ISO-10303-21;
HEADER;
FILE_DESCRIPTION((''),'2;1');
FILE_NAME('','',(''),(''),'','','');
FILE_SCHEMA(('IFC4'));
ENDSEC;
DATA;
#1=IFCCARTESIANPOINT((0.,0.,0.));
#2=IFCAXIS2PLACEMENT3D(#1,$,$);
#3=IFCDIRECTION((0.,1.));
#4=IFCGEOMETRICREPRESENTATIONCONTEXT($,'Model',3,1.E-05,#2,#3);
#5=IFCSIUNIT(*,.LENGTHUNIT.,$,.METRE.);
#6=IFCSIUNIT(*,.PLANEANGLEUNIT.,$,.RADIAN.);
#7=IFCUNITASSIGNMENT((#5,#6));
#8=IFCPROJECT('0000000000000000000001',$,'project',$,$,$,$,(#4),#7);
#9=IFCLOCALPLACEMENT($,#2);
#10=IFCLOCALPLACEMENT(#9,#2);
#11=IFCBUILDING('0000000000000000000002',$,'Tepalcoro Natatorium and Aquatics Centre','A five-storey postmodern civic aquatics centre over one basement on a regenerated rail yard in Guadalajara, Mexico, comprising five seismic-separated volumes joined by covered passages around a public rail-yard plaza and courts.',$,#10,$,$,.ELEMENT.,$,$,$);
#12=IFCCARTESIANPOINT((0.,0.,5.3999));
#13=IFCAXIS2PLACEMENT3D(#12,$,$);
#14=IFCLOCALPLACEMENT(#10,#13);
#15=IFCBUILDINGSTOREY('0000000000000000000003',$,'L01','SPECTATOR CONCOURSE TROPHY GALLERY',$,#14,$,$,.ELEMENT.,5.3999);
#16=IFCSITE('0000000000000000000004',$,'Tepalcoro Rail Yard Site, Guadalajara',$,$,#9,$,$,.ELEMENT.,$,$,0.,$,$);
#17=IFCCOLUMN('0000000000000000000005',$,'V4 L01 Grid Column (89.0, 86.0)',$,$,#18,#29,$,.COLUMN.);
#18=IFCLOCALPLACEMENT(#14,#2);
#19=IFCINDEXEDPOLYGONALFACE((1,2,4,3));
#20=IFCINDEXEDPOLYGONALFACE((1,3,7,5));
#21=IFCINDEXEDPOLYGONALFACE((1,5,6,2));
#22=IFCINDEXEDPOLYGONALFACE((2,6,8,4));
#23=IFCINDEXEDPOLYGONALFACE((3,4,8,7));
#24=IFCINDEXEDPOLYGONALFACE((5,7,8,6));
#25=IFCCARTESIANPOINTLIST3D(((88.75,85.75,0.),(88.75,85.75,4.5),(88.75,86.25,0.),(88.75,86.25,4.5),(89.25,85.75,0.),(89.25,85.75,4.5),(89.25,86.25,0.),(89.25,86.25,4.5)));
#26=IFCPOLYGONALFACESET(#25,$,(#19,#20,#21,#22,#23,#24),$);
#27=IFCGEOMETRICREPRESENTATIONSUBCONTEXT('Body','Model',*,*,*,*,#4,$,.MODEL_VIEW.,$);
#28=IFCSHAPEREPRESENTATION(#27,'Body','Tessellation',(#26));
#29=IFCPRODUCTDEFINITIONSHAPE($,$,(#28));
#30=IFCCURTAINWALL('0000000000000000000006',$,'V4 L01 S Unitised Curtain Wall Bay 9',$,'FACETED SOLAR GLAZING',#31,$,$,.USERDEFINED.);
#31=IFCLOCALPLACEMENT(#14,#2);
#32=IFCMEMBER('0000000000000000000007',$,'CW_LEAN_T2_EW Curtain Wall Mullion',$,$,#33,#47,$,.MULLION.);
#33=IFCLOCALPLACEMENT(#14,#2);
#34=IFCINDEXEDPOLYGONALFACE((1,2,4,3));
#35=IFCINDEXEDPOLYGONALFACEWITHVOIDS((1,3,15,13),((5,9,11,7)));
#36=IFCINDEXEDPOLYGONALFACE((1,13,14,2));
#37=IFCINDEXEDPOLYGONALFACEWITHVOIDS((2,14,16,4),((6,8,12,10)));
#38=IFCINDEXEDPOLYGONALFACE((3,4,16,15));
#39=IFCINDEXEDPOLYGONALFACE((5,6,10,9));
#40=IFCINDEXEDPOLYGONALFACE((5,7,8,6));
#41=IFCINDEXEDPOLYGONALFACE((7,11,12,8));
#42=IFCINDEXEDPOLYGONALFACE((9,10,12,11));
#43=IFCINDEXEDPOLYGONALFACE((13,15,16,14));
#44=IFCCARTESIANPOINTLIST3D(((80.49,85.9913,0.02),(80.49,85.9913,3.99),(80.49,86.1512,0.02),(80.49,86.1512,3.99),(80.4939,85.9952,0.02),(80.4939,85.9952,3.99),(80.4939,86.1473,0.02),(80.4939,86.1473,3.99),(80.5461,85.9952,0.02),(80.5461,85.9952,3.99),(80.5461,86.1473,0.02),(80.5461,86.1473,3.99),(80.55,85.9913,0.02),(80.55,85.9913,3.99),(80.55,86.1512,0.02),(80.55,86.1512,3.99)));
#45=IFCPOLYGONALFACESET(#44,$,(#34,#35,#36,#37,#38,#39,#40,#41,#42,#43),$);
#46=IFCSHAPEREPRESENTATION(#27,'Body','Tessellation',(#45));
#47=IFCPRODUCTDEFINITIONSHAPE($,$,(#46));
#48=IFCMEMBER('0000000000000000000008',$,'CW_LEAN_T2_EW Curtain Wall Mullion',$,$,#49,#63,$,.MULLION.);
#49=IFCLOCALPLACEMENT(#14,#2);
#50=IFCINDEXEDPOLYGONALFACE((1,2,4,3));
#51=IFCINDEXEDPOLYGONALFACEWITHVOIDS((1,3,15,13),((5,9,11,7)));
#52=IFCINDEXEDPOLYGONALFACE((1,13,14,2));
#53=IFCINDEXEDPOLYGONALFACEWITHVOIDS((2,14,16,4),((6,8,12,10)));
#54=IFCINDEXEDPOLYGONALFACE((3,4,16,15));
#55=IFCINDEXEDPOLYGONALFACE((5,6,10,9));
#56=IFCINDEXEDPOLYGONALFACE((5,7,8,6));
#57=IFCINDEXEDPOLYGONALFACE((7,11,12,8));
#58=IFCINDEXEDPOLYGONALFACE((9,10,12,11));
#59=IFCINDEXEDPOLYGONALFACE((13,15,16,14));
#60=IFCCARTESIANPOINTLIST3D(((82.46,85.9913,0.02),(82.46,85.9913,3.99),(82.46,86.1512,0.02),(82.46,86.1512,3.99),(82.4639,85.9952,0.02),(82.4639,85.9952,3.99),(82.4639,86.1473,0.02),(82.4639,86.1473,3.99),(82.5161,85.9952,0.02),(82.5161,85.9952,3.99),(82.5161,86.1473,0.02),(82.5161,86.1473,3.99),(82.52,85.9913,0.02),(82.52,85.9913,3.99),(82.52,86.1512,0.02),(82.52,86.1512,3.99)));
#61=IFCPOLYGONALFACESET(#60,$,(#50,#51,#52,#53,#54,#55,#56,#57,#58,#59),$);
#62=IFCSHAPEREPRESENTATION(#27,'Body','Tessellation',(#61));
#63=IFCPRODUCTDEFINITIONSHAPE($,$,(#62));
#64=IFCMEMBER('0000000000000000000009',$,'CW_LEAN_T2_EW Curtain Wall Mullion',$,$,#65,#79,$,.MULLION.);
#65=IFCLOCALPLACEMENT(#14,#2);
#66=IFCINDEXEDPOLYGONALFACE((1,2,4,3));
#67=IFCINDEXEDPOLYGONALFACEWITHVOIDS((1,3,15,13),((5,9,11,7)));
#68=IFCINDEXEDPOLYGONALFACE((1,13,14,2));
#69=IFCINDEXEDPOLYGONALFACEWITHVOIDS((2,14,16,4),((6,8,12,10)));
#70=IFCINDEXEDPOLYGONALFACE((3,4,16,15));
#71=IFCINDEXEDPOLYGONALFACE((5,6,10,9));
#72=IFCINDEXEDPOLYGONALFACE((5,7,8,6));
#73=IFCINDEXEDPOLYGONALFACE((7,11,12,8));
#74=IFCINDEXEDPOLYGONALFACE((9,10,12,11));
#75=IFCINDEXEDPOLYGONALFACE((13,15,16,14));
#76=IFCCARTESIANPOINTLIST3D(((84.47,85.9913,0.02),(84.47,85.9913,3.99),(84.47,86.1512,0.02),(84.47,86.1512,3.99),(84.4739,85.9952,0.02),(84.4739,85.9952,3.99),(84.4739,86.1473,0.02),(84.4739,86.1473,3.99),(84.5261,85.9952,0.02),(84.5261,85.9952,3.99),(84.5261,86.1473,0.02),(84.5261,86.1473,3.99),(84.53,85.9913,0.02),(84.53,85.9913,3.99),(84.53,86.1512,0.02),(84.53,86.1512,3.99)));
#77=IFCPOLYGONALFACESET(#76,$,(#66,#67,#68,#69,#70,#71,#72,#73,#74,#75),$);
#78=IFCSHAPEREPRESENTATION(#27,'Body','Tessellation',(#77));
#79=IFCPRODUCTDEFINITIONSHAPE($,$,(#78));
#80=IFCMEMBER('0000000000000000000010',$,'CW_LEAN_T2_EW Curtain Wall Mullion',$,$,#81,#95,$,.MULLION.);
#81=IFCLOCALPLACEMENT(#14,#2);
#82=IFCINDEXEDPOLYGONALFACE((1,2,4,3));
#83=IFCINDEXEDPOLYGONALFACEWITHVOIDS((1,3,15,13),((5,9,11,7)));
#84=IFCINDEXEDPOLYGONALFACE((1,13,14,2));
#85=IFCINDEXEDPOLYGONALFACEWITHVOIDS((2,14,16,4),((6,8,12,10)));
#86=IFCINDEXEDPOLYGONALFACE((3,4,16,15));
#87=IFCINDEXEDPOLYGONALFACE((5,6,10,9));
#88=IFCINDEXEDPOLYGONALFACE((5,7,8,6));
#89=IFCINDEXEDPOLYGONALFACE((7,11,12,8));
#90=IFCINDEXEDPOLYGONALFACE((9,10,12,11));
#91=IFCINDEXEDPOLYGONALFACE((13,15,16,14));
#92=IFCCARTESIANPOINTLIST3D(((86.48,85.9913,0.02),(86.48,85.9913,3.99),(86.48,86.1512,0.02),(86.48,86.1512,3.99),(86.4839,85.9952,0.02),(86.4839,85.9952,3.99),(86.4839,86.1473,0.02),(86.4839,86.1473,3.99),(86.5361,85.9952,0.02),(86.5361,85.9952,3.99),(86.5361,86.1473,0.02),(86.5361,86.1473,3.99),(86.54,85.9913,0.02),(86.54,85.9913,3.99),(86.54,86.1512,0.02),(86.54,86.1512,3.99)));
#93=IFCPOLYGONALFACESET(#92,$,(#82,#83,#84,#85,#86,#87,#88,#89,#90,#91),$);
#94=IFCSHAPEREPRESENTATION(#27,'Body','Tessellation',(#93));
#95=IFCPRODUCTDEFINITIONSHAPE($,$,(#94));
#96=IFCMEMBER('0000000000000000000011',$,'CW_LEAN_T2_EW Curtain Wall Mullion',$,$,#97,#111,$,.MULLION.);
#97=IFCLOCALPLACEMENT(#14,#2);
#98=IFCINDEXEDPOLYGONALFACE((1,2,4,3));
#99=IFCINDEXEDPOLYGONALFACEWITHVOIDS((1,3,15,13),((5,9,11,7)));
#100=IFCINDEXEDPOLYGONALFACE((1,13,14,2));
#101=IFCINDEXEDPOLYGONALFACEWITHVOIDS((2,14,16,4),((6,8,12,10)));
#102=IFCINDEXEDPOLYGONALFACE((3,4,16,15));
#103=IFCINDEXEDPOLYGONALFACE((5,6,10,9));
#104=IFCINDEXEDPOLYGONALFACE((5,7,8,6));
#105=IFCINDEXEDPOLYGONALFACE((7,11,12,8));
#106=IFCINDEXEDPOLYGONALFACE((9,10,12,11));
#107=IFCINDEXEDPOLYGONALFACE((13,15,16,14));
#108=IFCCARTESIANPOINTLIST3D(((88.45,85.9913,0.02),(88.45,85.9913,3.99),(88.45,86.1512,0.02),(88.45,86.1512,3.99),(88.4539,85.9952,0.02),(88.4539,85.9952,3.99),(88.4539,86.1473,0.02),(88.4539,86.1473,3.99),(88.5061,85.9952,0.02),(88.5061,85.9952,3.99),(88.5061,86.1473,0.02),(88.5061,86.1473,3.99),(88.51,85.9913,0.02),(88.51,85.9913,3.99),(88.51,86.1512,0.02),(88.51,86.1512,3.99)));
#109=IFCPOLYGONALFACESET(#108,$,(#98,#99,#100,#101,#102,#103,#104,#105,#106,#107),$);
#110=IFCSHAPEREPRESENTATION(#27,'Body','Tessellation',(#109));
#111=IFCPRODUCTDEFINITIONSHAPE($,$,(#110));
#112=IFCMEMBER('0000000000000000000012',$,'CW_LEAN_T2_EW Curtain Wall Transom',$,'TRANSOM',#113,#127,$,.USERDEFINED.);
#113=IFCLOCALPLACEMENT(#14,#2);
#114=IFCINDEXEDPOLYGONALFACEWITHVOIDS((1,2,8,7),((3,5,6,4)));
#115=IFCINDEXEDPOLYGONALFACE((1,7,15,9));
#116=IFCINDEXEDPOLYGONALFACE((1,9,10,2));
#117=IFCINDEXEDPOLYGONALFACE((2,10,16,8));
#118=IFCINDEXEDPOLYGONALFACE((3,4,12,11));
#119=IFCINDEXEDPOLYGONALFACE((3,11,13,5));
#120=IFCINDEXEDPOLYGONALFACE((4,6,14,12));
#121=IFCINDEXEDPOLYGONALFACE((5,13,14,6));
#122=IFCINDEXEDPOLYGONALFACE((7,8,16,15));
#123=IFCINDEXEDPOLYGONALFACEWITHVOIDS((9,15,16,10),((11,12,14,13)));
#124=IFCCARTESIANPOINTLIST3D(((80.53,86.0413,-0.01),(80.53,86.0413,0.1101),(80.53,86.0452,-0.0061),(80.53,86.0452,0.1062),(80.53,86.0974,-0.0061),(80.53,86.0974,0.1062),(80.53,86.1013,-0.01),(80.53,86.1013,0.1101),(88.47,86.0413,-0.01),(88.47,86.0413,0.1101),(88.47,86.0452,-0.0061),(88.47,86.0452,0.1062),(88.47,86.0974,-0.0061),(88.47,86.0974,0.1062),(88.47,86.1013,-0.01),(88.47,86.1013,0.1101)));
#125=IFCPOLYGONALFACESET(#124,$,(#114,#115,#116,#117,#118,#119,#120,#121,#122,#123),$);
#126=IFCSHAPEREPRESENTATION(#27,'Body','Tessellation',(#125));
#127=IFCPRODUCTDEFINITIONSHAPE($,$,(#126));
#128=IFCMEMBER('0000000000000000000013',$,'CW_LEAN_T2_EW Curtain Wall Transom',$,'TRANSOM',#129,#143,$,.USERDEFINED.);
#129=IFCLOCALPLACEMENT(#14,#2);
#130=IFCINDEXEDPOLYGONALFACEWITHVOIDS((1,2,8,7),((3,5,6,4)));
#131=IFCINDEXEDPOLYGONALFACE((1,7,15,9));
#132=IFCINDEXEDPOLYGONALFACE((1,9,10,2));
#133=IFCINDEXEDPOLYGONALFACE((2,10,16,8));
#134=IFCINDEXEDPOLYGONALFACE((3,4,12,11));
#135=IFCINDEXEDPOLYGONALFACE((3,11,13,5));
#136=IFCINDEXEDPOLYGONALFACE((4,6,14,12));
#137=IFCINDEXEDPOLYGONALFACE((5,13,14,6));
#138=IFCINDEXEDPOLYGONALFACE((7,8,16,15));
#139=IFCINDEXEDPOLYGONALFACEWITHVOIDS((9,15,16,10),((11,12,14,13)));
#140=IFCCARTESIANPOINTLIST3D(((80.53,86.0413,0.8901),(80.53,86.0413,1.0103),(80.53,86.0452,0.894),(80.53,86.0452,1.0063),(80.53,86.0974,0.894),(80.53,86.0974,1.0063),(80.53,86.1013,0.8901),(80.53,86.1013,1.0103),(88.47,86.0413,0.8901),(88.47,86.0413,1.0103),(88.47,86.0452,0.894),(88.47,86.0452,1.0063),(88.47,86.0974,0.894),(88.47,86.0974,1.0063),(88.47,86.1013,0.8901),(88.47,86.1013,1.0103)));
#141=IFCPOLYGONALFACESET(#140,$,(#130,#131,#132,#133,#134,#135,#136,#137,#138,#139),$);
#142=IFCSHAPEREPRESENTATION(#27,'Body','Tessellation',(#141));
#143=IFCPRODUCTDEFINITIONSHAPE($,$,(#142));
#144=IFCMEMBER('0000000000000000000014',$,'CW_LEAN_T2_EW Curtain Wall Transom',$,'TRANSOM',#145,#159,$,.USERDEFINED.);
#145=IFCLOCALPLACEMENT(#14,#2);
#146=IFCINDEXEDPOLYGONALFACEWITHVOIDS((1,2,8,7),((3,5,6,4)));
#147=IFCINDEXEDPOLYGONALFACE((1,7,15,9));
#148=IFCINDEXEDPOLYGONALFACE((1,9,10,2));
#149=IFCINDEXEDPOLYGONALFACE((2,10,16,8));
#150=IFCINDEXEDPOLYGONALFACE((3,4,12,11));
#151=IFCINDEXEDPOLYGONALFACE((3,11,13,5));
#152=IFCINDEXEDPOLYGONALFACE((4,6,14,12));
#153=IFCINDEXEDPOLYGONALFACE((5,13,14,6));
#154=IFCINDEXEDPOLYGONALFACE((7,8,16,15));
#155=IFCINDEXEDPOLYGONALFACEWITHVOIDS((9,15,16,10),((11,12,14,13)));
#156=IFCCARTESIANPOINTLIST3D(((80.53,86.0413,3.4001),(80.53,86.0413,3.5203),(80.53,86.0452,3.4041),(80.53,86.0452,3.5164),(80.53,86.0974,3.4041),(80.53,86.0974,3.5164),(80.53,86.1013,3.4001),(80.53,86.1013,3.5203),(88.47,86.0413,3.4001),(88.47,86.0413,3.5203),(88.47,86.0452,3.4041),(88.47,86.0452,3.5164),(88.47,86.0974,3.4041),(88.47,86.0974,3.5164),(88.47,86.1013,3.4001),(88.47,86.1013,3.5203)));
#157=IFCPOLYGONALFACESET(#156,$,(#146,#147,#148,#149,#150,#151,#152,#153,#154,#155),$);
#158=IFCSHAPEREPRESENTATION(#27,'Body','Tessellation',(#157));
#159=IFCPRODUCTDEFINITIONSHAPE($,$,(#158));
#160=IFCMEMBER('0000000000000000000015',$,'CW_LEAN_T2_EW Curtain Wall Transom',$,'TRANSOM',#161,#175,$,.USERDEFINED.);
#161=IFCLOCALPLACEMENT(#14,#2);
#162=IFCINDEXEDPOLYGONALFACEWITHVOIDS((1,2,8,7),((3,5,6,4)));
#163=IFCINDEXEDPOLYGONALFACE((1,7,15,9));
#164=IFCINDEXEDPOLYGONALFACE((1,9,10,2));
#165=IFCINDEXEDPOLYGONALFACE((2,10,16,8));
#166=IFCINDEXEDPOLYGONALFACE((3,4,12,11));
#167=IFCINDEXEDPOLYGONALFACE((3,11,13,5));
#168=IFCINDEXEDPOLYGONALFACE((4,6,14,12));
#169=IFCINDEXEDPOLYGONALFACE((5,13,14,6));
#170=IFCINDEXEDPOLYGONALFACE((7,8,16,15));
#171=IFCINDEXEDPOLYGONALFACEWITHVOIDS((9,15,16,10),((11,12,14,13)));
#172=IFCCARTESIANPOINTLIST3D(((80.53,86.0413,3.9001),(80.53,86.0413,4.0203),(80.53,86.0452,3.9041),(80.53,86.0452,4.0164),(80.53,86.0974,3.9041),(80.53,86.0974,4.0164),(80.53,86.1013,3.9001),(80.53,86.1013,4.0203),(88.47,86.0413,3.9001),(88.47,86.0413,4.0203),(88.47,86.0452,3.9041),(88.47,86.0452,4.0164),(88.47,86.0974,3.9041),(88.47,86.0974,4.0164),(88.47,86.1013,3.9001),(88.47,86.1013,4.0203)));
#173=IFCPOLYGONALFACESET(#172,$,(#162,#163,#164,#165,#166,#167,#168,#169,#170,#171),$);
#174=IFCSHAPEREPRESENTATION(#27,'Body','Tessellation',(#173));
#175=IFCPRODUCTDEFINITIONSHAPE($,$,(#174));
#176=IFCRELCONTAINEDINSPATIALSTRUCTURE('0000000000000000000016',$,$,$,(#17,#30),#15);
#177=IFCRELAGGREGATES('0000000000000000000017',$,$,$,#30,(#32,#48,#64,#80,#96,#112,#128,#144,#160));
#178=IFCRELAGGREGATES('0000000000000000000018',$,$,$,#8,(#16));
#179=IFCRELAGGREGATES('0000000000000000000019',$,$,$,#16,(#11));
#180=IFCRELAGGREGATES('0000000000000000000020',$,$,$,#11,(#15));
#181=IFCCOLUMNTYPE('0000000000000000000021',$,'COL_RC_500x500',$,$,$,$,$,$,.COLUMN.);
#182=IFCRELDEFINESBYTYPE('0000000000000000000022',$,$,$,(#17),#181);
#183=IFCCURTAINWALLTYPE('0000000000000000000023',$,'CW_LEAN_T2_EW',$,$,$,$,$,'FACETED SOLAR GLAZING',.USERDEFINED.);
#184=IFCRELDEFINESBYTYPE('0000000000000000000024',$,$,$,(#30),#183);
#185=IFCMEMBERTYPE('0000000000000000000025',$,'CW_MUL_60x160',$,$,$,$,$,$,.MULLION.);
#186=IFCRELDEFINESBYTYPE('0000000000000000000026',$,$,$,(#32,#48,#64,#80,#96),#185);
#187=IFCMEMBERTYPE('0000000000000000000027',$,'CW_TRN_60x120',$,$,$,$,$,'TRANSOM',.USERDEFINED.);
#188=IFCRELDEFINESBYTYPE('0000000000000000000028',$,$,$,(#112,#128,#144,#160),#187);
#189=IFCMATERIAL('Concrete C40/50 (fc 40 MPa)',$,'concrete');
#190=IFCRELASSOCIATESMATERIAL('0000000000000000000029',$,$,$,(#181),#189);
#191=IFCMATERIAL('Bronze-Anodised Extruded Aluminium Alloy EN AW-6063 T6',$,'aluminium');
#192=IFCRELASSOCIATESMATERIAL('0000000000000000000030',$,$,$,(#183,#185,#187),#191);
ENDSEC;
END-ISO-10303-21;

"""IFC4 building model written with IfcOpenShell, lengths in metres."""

from ifc_helpers import new_model, si_unit, direction, frame, origin, origin_2d, place, context, subcontext, project, spatial, rectangle, hollow_rectangle, extrude, material, material_profile, profile_set, type_object, element, aggregate, save


model = new_model("IFC4")

# Units and contexts
model_context = context("Model", 3, precision=1e-05, world=origin(), true_north=direction((0.0, 1.0)))
body_context = subcontext(model_context, "Body", "Model", "MODEL_VIEW")
ifc_project = project(units=[si_unit("LENGTHUNIT", "METRE"), si_unit("PLANEANGLEUNIT", "RADIAN")], contexts=[model_context])

# Site, building, storey
site_placement = place(None, origin())
site = spatial("IfcSite", under=ifc_project, at=site_placement, Name="Tepalcoro Rail Yard Site, Guadalajara", CompositionType="ELEMENT", RefElevation=0.0)
building_placement = place(site_placement, origin())
building = spatial("IfcBuilding", under=site, at=building_placement, Name="Tepalcoro Natatorium and Aquatics Centre", Description="A five-storey postmodern civic aquatics centre over one basement on a regenerated rail yard in Guadalajara, Mexico, comprising five seismic-separated volumes joined by covered passages around a public rail-yard plaza and courts.", CompositionType="ELEMENT")
storey_placement = place(building_placement, frame((0.0, 0.0, 5.3999)))
storey = spatial("IfcBuildingStorey", under=building, at=storey_placement, Name="L01", Description="SPECTATOR CONCOURSE TROPHY GALLERY", CompositionType="ELEMENT", Elevation=5.3999)

# Column
ifc_material_1 = material(Name="Concrete C40/50 (fc 40 MPa)", Category="concrete")
ifc_material_profile_1 = material_profile(ifc_material_1, rectangle(XDim=0.5, YDim=0.5, at=origin_2d()), Name="RC500x500")
ifc_profile_set_1 = profile_set([ifc_material_profile_1], Name="Concrete C40/50 (fc 40 MPa)")
column_type = type_object("IfcColumnType", Name="COL_RC_500x500", PredefinedType="COLUMN", material=ifc_profile_set_1)
column_placement = place(storey_placement, frame((89.0, 86.0, 0.0), z_axis=(0.0, 0.0, 1.0), x_axis=(1.0, 0.0, 0.0)))
element("IfcColumn", 1, at=column_placement, inside=storey, type_object=column_type, Name="V4 L01 Grid Column (89.0, 86.0)", PredefinedType="COLUMN", context=body_context, shape_type="SweptSolid", body=[
    extrude(rectangle(XDim=0.5, YDim=0.5, at=origin_2d()), origin(), (0.0, 0.0, 1.0), 4.5),
])

# Curtain wall, members
ifc_material_2 = material(Name="Bronze-Anodised Extruded Aluminium Alloy EN AW-6063 T6", Category="aluminium")
curtain_wall_type = type_object("IfcCurtainWallType", Name="CW_LEAN_T2_EW", ElementType="FACETED SOLAR GLAZING", PredefinedType="USERDEFINED", material=ifc_material_2)
curtain_wall_placement = place(storey_placement, origin())
curtain_wall = element("IfcCurtainWall", 2, at=curtain_wall_placement, inside=storey, type_object=curtain_wall_type, Name="V4 L01 S Unitised Curtain Wall Bay 9", ObjectType="FACETED SOLAR GLAZING", PredefinedType="USERDEFINED")
ifc_material_profile_2 = material_profile(ifc_material_2, hollow_rectangle(XDim=0.0601, YDim=0.1599, WallThickness=0.0039, at=origin_2d()), Name="AL60X160X4")
ifc_profile_set_2 = profile_set([ifc_material_profile_2], Name="Bronze-Anodised Extruded Aluminium Alloy EN AW-6063 T6")
member_type_1 = type_object("IfcMemberType", Name="CW_MUL_60x160", PredefinedType="MULLION", material=ifc_profile_set_2)
member_1_placement = place(storey_placement, frame((80.52, 86.0713, 0.02), z_axis=(0.0, 0.0, 1.0), x_axis=(1.0, 0.0, 0.0)))
member_1 = element("IfcMember", 3, at=member_1_placement, type_object=member_type_1, Name="CW_LEAN_T2_EW Curtain Wall Mullion", PredefinedType="MULLION", context=body_context, shape_type="SweptSolid", body=[
    extrude(hollow_rectangle(XDim=0.0601, YDim=0.1599, WallThickness=0.0039, at=origin_2d()), origin(), (0.0, 0.0, 1.0), 3.97),
])
member_2_placement = place(storey_placement, frame((82.49, 86.0713, 0.02), z_axis=(0.0, 0.0, 1.0), x_axis=(1.0, 0.0, 0.0)))
member_2 = element("IfcMember", 4, at=member_2_placement, type_object=member_type_1, Name="CW_LEAN_T2_EW Curtain Wall Mullion", PredefinedType="MULLION", context=body_context, shape_type="SweptSolid", body=[
    extrude(hollow_rectangle(XDim=0.0601, YDim=0.1599, WallThickness=0.0039, at=origin_2d()), origin(), (0.0, 0.0, 1.0), 3.97),
])
member_3_placement = place(storey_placement, frame((84.5, 86.0713, 0.02), z_axis=(0.0, 0.0, 1.0), x_axis=(1.0, 0.0, 0.0)))
member_3 = element("IfcMember", 5, at=member_3_placement, type_object=member_type_1, Name="CW_LEAN_T2_EW Curtain Wall Mullion", PredefinedType="MULLION", context=body_context, shape_type="SweptSolid", body=[
    extrude(hollow_rectangle(XDim=0.0601, YDim=0.1599, WallThickness=0.0039, at=origin_2d()), origin(), (0.0, 0.0, 1.0), 3.97),
])
member_4_placement = place(storey_placement, frame((86.51, 86.0713, 0.02), z_axis=(0.0, 0.0, 1.0), x_axis=(1.0, 0.0, 0.0)))
member_4 = element("IfcMember", 6, at=member_4_placement, type_object=member_type_1, Name="CW_LEAN_T2_EW Curtain Wall Mullion", PredefinedType="MULLION", context=body_context, shape_type="SweptSolid", body=[
    extrude(hollow_rectangle(XDim=0.0601, YDim=0.1599, WallThickness=0.0039, at=origin_2d()), origin(), (0.0, 0.0, 1.0), 3.97),
])
member_5_placement = place(storey_placement, frame((88.48, 86.0713, 0.02), z_axis=(0.0, 0.0, 1.0), x_axis=(1.0, 0.0, 0.0)))
member_5 = element("IfcMember", 7, at=member_5_placement, type_object=member_type_1, Name="CW_LEAN_T2_EW Curtain Wall Mullion", PredefinedType="MULLION", context=body_context, shape_type="SweptSolid", body=[
    extrude(hollow_rectangle(XDim=0.0601, YDim=0.1599, WallThickness=0.0039, at=origin_2d()), origin(), (0.0, 0.0, 1.0), 3.97),
])
ifc_material_profile_3 = material_profile(ifc_material_2, hollow_rectangle(XDim=0.0601, YDim=0.1201, WallThickness=0.0039, at=origin_2d()), Name="AL60X120X4")
ifc_profile_set_3 = profile_set([ifc_material_profile_3], Name="Bronze-Anodised Extruded Aluminium Alloy EN AW-6063 T6")
member_type_2 = type_object("IfcMemberType", Name="CW_TRN_60x120", ElementType="TRANSOM", PredefinedType="USERDEFINED", material=ifc_profile_set_3)
member_6_placement = place(storey_placement, frame((80.53, 86.0713, 0.05), z_axis=(1.0, 0.0, 0.0), x_axis=(0.0, 1.0, 0.0)))
member_6 = element("IfcMember", 8, at=member_6_placement, type_object=member_type_2, Name="CW_LEAN_T2_EW Curtain Wall Transom", ObjectType="TRANSOM", PredefinedType="USERDEFINED", context=body_context, shape_type="SweptSolid", body=[
    extrude(hollow_rectangle(XDim=0.0601, YDim=0.1201, WallThickness=0.0039, at=origin_2d()), origin(), (0.0, 0.0, 1.0), 7.9399),
])
member_7_placement = place(storey_placement, frame((80.53, 86.0713, 0.9502), z_axis=(1.0, 0.0, 0.0), x_axis=(0.0, 1.0, 0.0)))
member_7 = element("IfcMember", 9, at=member_7_placement, type_object=member_type_2, Name="CW_LEAN_T2_EW Curtain Wall Transom", ObjectType="TRANSOM", PredefinedType="USERDEFINED", context=body_context, shape_type="SweptSolid", body=[
    extrude(hollow_rectangle(XDim=0.0601, YDim=0.1201, WallThickness=0.0039, at=origin_2d()), origin(), (0.0, 0.0, 1.0), 7.9399),
])
member_8_placement = place(storey_placement, frame((80.53, 86.0713, 3.4602), z_axis=(1.0, 0.0, 0.0), x_axis=(0.0, 1.0, 0.0)))
member_8 = element("IfcMember", 10, at=member_8_placement, type_object=member_type_2, Name="CW_LEAN_T2_EW Curtain Wall Transom", ObjectType="TRANSOM", PredefinedType="USERDEFINED", context=body_context, shape_type="SweptSolid", body=[
    extrude(hollow_rectangle(XDim=0.0601, YDim=0.1201, WallThickness=0.0039, at=origin_2d()), origin(), (0.0, 0.0, 1.0), 7.9399),
])
member_9_placement = place(storey_placement, frame((80.53, 86.0713, 3.9602), z_axis=(1.0, 0.0, 0.0), x_axis=(0.0, 1.0, 0.0)))
member_9 = element("IfcMember", 11, at=member_9_placement, type_object=member_type_2, Name="CW_LEAN_T2_EW Curtain Wall Transom", ObjectType="TRANSOM", PredefinedType="USERDEFINED", context=body_context, shape_type="SweptSolid", body=[
    extrude(hollow_rectangle(XDim=0.0601, YDim=0.1201, WallThickness=0.0039, at=origin_2d()), origin(), (0.0, 0.0, 1.0), 7.9399),
])

aggregate(curtain_wall, [member_1, member_2, member_3, member_4, member_5, member_6, member_7, member_8, member_9])

save(model, "model.ifc")
